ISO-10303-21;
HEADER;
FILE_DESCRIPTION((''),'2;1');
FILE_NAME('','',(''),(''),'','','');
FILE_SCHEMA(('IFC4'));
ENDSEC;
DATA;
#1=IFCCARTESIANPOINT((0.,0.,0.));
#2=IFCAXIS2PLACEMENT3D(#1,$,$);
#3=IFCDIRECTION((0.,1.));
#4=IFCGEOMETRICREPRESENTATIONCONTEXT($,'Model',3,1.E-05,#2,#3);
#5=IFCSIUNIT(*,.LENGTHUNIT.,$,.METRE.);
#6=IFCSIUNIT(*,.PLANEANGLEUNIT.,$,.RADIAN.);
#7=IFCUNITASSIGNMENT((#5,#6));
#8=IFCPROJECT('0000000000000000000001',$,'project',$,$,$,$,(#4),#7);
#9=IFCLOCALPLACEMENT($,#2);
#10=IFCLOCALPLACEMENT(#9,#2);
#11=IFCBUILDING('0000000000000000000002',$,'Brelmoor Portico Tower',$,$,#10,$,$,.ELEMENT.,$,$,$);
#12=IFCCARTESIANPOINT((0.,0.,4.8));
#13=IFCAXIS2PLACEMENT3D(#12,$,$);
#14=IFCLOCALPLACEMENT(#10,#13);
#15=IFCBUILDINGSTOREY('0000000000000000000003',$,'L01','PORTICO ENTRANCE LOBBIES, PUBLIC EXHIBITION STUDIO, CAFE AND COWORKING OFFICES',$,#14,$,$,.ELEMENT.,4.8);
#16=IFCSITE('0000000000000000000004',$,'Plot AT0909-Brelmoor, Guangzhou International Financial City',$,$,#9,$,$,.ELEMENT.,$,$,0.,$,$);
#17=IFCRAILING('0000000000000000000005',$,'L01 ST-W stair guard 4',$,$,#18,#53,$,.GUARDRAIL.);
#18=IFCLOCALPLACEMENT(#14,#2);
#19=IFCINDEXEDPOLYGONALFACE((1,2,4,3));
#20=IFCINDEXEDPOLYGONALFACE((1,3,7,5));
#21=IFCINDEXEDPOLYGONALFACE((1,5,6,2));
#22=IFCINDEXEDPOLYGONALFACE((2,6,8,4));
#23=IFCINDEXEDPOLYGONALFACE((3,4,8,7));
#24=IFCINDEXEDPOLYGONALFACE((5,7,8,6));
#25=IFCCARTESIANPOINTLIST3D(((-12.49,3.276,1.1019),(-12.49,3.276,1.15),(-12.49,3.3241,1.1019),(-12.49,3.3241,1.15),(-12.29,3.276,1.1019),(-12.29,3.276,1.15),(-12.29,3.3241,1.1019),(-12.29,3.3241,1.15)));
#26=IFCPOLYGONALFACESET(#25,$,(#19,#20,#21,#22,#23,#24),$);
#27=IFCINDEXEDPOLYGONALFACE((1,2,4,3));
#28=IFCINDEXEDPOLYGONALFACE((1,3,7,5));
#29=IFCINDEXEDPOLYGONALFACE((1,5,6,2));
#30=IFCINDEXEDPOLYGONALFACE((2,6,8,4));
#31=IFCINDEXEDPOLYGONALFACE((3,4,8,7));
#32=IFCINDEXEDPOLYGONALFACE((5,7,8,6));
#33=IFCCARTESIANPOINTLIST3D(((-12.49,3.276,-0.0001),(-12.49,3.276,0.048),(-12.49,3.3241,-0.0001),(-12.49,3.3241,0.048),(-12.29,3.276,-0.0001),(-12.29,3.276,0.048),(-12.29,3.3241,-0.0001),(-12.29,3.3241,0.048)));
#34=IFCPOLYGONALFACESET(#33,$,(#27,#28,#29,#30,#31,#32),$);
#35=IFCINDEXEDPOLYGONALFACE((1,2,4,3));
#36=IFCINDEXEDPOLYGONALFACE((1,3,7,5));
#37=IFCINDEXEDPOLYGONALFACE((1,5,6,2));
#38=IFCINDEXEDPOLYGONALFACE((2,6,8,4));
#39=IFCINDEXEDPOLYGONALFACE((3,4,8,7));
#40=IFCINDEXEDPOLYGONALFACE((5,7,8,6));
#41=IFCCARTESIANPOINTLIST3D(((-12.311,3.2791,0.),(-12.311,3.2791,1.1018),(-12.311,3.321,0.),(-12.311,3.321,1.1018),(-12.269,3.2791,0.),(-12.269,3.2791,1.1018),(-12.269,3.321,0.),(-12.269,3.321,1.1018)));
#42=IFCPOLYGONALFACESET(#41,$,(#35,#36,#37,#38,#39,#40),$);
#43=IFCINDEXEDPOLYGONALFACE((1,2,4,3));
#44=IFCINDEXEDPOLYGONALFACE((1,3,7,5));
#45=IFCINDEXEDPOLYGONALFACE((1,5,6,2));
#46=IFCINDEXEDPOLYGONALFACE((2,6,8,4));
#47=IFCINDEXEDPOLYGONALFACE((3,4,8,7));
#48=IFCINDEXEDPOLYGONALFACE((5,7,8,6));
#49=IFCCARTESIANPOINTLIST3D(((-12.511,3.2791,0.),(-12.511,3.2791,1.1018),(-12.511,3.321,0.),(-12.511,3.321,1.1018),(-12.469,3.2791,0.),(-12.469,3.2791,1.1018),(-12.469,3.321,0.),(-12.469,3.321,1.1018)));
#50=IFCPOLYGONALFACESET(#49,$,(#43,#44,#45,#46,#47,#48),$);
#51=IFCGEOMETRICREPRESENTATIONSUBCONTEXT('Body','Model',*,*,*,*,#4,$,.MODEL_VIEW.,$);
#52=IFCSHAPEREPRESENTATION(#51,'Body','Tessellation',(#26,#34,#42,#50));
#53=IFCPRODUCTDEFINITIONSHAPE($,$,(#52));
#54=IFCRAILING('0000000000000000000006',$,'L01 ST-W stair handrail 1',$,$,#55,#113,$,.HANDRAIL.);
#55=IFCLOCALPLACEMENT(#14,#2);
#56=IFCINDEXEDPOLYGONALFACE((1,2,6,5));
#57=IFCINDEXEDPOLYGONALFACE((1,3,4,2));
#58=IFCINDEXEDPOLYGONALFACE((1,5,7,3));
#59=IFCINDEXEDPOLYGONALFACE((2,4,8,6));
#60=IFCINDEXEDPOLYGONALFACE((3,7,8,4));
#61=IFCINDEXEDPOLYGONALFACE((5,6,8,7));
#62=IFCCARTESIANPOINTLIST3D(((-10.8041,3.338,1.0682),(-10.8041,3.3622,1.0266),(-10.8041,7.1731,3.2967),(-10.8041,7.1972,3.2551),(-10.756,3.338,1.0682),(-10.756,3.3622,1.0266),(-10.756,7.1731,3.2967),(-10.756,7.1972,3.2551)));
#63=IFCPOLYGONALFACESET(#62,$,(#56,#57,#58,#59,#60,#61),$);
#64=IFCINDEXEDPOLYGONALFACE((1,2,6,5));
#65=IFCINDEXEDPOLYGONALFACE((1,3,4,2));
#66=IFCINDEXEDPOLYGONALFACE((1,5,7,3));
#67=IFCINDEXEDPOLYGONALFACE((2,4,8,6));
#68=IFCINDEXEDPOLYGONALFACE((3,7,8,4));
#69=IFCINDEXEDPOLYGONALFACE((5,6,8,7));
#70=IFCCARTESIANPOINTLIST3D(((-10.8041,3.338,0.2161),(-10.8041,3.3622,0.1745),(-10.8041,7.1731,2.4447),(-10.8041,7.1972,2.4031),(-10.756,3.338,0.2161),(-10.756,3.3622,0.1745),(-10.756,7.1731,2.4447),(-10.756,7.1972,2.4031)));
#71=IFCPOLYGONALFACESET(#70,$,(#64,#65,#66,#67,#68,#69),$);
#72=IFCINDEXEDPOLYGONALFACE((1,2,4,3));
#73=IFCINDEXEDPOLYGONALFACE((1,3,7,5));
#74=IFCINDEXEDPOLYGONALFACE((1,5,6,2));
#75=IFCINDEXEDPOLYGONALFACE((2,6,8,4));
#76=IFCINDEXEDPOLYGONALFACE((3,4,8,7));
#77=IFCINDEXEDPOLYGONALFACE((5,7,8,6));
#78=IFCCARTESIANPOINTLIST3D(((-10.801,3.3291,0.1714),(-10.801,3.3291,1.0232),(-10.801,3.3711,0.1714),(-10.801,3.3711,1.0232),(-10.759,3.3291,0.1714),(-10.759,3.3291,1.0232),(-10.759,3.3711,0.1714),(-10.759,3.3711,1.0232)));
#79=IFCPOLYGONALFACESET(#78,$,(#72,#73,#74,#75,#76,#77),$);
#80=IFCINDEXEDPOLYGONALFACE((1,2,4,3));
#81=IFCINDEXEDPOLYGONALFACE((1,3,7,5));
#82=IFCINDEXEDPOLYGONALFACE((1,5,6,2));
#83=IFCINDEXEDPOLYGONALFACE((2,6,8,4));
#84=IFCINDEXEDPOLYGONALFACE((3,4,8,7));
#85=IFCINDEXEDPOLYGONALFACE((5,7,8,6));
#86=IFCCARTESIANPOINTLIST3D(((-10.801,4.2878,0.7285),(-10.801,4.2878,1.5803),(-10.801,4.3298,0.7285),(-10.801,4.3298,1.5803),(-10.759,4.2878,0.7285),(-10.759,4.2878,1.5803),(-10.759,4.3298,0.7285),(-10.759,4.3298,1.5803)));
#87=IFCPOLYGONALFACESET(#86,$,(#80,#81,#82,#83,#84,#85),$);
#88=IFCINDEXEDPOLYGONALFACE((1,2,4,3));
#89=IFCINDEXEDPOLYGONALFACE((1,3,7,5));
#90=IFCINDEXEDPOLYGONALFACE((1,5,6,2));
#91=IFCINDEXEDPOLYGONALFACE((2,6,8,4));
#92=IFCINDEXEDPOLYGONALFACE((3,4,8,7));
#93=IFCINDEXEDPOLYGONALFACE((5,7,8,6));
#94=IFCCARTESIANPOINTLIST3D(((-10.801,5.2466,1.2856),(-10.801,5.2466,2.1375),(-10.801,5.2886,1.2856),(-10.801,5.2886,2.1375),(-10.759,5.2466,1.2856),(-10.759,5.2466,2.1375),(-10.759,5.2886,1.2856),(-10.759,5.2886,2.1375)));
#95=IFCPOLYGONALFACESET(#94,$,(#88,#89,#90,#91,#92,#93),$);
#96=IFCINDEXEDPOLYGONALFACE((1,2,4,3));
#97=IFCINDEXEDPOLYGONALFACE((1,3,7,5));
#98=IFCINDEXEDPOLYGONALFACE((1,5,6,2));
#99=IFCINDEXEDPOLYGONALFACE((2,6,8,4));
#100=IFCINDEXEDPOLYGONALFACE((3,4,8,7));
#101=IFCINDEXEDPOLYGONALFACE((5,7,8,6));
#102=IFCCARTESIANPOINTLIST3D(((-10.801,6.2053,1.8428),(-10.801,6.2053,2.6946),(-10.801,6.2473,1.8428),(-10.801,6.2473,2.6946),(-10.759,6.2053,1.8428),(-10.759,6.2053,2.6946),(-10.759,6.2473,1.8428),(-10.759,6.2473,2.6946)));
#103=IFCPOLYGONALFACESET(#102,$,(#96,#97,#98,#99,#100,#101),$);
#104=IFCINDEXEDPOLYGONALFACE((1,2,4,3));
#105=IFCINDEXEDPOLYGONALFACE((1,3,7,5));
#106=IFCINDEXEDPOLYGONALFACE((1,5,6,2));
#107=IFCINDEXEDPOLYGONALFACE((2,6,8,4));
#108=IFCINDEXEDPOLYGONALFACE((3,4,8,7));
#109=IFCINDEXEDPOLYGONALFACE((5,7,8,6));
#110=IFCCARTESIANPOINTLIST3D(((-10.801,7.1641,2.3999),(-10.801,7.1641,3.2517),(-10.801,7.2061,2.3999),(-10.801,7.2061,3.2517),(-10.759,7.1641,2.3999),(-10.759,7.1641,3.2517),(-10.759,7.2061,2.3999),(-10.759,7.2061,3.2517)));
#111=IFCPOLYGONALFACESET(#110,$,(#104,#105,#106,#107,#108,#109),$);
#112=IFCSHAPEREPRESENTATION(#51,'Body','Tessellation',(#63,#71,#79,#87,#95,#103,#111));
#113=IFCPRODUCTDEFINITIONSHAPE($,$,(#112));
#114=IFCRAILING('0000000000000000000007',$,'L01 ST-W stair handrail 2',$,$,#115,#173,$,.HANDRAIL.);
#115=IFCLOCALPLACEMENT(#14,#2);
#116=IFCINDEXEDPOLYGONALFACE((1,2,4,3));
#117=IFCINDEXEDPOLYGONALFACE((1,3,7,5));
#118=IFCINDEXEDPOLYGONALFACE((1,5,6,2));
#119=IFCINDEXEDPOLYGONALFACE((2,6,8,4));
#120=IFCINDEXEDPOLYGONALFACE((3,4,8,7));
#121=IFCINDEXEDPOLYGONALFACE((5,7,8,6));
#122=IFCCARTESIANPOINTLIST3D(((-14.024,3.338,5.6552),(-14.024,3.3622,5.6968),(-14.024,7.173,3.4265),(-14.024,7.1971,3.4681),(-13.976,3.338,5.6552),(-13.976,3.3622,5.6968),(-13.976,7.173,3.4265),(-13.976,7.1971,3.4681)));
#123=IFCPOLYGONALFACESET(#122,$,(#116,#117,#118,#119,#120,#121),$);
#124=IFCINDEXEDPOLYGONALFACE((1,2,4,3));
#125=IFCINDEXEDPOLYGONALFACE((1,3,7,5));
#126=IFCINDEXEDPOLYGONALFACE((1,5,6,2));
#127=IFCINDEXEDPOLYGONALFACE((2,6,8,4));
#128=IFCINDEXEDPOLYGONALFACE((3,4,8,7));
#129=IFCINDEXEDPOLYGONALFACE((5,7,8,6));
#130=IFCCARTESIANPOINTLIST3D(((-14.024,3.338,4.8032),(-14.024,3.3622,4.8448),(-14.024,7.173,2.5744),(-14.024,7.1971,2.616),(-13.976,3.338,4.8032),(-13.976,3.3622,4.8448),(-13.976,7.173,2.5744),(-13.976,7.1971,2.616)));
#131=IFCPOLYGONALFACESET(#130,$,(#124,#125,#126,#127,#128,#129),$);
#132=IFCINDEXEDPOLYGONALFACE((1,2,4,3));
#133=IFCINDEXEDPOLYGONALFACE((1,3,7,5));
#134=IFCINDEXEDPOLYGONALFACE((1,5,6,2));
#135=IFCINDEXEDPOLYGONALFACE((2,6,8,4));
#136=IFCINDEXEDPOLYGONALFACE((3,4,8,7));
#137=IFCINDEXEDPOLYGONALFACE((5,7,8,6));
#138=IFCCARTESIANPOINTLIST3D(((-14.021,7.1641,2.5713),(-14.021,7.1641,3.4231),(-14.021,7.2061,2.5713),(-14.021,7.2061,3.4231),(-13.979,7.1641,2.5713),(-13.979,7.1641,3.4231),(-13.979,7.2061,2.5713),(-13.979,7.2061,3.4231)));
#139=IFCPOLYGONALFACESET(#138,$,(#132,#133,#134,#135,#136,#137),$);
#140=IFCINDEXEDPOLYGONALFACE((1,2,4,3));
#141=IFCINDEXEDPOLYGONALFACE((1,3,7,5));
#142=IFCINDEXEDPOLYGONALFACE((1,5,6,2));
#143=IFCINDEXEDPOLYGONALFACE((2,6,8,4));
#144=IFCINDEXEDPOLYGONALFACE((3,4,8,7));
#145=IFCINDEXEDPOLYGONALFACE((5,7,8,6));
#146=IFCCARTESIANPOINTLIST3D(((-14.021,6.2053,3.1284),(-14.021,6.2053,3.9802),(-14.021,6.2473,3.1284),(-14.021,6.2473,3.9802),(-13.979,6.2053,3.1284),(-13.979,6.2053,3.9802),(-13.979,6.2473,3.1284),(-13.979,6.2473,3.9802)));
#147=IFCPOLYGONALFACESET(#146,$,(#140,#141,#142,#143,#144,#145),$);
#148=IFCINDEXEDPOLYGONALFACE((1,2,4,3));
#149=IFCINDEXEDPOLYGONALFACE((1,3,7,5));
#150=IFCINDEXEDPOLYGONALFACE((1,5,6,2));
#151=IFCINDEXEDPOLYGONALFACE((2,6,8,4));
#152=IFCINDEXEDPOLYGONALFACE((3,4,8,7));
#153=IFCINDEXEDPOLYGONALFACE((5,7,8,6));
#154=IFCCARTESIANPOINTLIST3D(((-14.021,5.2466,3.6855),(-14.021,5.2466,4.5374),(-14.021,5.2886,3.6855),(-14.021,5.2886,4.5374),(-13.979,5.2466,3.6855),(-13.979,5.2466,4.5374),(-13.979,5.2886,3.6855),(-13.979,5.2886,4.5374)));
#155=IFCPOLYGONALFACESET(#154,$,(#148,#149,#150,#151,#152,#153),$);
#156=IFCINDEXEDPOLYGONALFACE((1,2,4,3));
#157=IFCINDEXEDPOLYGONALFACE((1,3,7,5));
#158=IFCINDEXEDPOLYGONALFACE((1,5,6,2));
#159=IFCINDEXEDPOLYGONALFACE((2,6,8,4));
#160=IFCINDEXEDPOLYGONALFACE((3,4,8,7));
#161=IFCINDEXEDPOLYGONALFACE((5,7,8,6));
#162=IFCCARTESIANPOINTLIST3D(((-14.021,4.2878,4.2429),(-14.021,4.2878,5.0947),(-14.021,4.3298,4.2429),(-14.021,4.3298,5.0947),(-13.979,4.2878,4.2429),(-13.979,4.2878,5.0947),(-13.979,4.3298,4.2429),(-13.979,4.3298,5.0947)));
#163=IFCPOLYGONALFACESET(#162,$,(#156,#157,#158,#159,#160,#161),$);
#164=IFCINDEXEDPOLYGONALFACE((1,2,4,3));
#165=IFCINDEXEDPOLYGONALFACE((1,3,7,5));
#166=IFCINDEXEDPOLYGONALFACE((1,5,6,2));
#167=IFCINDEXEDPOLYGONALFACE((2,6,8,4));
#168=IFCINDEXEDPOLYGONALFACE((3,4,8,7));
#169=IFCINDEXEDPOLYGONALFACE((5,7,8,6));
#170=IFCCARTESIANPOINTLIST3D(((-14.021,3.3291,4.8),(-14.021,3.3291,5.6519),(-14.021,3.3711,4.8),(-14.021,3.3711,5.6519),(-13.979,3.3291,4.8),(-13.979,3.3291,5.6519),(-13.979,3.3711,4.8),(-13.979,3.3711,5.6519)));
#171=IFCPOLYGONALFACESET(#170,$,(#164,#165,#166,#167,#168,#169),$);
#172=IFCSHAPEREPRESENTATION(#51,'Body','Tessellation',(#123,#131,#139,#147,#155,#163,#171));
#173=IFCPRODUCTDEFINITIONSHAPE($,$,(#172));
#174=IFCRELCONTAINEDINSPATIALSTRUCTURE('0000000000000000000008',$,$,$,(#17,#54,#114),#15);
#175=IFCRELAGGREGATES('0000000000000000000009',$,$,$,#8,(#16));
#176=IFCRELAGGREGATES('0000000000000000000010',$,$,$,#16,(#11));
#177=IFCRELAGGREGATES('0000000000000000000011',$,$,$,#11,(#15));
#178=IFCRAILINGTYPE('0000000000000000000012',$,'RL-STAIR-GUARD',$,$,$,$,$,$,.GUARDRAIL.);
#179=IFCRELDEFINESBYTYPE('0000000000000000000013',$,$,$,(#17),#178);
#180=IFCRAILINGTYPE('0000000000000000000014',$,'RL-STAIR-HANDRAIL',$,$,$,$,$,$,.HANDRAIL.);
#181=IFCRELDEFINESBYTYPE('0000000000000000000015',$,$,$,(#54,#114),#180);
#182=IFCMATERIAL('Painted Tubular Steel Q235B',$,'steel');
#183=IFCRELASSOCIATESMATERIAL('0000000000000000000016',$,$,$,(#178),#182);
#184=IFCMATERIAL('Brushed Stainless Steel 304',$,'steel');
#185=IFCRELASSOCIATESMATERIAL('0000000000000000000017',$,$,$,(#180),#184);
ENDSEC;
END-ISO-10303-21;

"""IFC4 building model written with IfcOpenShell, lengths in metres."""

from ifc_helpers import new_model, si_unit, direction, frame, origin, origin_2d, place, context, subcontext, project, spatial, rectangle, extrude, material, type_object, element, save


model = new_model("IFC4")

# Units and contexts
model_context = context("Model", 3, precision=1e-05, world=origin(), true_north=direction((0.0, 1.0)))
body_context = subcontext(model_context, "Body", "Model", "MODEL_VIEW")
ifc_project = project(units=[si_unit("LENGTHUNIT", "METRE"), si_unit("PLANEANGLEUNIT", "RADIAN")], contexts=[model_context])

# Site, building, storey
site_placement = place(None, origin())
site = spatial("IfcSite", under=ifc_project, at=site_placement, Name="Plot AT0909-Brelmoor, Guangzhou International Financial City", CompositionType="ELEMENT", RefElevation=0.0)
building_placement = place(site_placement, origin())
building = spatial("IfcBuilding", under=site, at=building_placement, Name="Brelmoor Portico Tower", CompositionType="ELEMENT")
storey_placement = place(building_placement, frame((0.0, 0.0, 4.8)))
storey = spatial("IfcBuildingStorey", under=building, at=storey_placement, Name="L01", Description="PORTICO ENTRANCE LOBBIES, PUBLIC EXHIBITION STUDIO, CAFE AND COWORKING OFFICES", CompositionType="ELEMENT", Elevation=4.8)

# Railings
ifc_material_1 = material(Name="Painted Tubular Steel Q235B", Category="steel")
railing_type_1 = type_object("IfcRailingType", Name="RL-STAIR-GUARD", PredefinedType="GUARDRAIL", material=ifc_material_1)
railing_1_placement = place(storey_placement, frame((-12.29, 3.3, 0.0)))
element("IfcRailing", 1, at=railing_1_placement, inside=storey, type_object=railing_type_1, Name="L01 ST-W stair guard 4", PredefinedType="GUARDRAIL", context=body_context, shape_type="SweptSolid", body=[
    extrude(rectangle(XDim=0.0481, YDim=0.0481, at=origin_2d()), frame((0.0, 0.0, 1.126), z_axis=(-1.0, 0.0, 0.0), x_axis=(0.0, -1.0, 0.0)), (0.0, 0.0, 1.0), 0.2),
    extrude(rectangle(XDim=0.0481, YDim=0.0481, at=origin_2d()), frame((0.0, 0.0, 0.0239), z_axis=(-1.0, 0.0, 0.0), x_axis=(0.0, -1.0, 0.0)), (0.0, 0.0, 1.0), 0.2),
    extrude(rectangle(XDim=0.042, YDim=0.042, at=origin_2d()), origin(), (0.0, 0.0, 1.0), 1.1018),
    extrude(rectangle(XDim=0.042, YDim=0.042, at=origin_2d()), frame((-0.2, 0.0, 0.0)), (0.0, 0.0, 1.0), 1.1018),
])
ifc_material_2 = material(Name="Brushed Stainless Steel 304", Category="steel")
railing_type_2 = type_object("IfcRailingType", Name="RL-STAIR-HANDRAIL", PredefinedType="HANDRAIL", material=ifc_material_2)
railing_2_placement = place(storey_placement, frame((-10.78, 3.3501, 0.1714)))
element("IfcRailing", 2, at=railing_2_placement, inside=storey, type_object=railing_type_2, Name="L01 ST-W stair handrail 1", PredefinedType="HANDRAIL", context=body_context, shape_type="SweptSolid", body=[
    extrude(rectangle(XDim=0.0481, YDim=0.0481, at=origin_2d()), frame((0.0, 0.0, 0.876), z_axis=(0.0, 0.864616, 0.502433), x_axis=(-1.0, 0.0, 0.0)), (0.0, 0.0, 1.0), 4.4355),
    extrude(rectangle(XDim=0.0481, YDim=0.0481, at=origin_2d()), frame((0.0, 0.0, 0.0239), z_axis=(0.0, 0.864616, 0.502433), x_axis=(-1.0, 0.0, 0.0)), (0.0, 0.0, 1.0), 4.4355),
    extrude(rectangle(XDim=0.042, YDim=0.042, at=origin_2d()), origin(), (0.0, 0.0, 1.0), 0.8518),
    extrude(rectangle(XDim=0.042, YDim=0.042, at=origin_2d()), frame((0.0, 0.9587, 0.5571)), (0.0, 0.0, 1.0), 0.8518),
    extrude(rectangle(XDim=0.042, YDim=0.042, at=origin_2d()), frame((0.0, 1.9175, 1.1143)), (0.0, 0.0, 1.0), 0.8518),
    extrude(rectangle(XDim=0.042, YDim=0.042, at=origin_2d()), frame((0.0, 2.8762, 1.6714)), (0.0, 0.0, 1.0), 0.8518),
    extrude(rectangle(XDim=0.042, YDim=0.042, at=origin_2d()), frame((0.0, 3.835, 2.2285)), (0.0, 0.0, 1.0), 0.8518),
])
railing_3_placement = place(storey_placement, frame((-14.0, 7.1851, 2.5713)))
element("IfcRailing", 3, at=railing_3_placement, inside=storey, type_object=railing_type_2, Name="L01 ST-W stair handrail 2", PredefinedType="HANDRAIL", context=body_context, shape_type="SweptSolid", body=[
    extrude(rectangle(XDim=0.0481, YDim=0.0481, at=origin_2d()), frame((0.0, 0.0, 0.876), z_axis=(0.0, -0.864592, 0.502474), x_axis=(1.0, 0.0, 0.0)), (0.0, 0.0, 1.0), 4.4355),
    extrude(rectangle(XDim=0.0481, YDim=0.0481, at=origin_2d()), frame((0.0, 0.0, 0.0239), z_axis=(0.0, -0.864592, 0.502474), x_axis=(1.0, 0.0, 0.0)), (0.0, 0.0, 1.0), 4.4355),
    extrude(rectangle(XDim=0.042, YDim=0.042, at=origin_2d()), origin(), (0.0, 0.0, 1.0), 0.8518),
    extrude(rectangle(XDim=0.042, YDim=0.042, at=origin_2d()), frame((0.0, -0.9587, 0.5571)), (0.0, 0.0, 1.0), 0.8518),
    extrude(rectangle(XDim=0.042, YDim=0.042, at=origin_2d()), frame((0.0, -1.9175, 1.1143)), (0.0, 0.0, 1.0), 0.8518),
    extrude(rectangle(XDim=0.042, YDim=0.042, at=origin_2d()), frame((0.0, -2.8762, 1.6716)), (0.0, 0.0, 1.0), 0.8518),
    extrude(rectangle(XDim=0.042, YDim=0.042, at=origin_2d()), frame((0.0, -3.835, 2.2288)), (0.0, 0.0, 1.0), 0.8518),
])

save(model, "model.ifc")
